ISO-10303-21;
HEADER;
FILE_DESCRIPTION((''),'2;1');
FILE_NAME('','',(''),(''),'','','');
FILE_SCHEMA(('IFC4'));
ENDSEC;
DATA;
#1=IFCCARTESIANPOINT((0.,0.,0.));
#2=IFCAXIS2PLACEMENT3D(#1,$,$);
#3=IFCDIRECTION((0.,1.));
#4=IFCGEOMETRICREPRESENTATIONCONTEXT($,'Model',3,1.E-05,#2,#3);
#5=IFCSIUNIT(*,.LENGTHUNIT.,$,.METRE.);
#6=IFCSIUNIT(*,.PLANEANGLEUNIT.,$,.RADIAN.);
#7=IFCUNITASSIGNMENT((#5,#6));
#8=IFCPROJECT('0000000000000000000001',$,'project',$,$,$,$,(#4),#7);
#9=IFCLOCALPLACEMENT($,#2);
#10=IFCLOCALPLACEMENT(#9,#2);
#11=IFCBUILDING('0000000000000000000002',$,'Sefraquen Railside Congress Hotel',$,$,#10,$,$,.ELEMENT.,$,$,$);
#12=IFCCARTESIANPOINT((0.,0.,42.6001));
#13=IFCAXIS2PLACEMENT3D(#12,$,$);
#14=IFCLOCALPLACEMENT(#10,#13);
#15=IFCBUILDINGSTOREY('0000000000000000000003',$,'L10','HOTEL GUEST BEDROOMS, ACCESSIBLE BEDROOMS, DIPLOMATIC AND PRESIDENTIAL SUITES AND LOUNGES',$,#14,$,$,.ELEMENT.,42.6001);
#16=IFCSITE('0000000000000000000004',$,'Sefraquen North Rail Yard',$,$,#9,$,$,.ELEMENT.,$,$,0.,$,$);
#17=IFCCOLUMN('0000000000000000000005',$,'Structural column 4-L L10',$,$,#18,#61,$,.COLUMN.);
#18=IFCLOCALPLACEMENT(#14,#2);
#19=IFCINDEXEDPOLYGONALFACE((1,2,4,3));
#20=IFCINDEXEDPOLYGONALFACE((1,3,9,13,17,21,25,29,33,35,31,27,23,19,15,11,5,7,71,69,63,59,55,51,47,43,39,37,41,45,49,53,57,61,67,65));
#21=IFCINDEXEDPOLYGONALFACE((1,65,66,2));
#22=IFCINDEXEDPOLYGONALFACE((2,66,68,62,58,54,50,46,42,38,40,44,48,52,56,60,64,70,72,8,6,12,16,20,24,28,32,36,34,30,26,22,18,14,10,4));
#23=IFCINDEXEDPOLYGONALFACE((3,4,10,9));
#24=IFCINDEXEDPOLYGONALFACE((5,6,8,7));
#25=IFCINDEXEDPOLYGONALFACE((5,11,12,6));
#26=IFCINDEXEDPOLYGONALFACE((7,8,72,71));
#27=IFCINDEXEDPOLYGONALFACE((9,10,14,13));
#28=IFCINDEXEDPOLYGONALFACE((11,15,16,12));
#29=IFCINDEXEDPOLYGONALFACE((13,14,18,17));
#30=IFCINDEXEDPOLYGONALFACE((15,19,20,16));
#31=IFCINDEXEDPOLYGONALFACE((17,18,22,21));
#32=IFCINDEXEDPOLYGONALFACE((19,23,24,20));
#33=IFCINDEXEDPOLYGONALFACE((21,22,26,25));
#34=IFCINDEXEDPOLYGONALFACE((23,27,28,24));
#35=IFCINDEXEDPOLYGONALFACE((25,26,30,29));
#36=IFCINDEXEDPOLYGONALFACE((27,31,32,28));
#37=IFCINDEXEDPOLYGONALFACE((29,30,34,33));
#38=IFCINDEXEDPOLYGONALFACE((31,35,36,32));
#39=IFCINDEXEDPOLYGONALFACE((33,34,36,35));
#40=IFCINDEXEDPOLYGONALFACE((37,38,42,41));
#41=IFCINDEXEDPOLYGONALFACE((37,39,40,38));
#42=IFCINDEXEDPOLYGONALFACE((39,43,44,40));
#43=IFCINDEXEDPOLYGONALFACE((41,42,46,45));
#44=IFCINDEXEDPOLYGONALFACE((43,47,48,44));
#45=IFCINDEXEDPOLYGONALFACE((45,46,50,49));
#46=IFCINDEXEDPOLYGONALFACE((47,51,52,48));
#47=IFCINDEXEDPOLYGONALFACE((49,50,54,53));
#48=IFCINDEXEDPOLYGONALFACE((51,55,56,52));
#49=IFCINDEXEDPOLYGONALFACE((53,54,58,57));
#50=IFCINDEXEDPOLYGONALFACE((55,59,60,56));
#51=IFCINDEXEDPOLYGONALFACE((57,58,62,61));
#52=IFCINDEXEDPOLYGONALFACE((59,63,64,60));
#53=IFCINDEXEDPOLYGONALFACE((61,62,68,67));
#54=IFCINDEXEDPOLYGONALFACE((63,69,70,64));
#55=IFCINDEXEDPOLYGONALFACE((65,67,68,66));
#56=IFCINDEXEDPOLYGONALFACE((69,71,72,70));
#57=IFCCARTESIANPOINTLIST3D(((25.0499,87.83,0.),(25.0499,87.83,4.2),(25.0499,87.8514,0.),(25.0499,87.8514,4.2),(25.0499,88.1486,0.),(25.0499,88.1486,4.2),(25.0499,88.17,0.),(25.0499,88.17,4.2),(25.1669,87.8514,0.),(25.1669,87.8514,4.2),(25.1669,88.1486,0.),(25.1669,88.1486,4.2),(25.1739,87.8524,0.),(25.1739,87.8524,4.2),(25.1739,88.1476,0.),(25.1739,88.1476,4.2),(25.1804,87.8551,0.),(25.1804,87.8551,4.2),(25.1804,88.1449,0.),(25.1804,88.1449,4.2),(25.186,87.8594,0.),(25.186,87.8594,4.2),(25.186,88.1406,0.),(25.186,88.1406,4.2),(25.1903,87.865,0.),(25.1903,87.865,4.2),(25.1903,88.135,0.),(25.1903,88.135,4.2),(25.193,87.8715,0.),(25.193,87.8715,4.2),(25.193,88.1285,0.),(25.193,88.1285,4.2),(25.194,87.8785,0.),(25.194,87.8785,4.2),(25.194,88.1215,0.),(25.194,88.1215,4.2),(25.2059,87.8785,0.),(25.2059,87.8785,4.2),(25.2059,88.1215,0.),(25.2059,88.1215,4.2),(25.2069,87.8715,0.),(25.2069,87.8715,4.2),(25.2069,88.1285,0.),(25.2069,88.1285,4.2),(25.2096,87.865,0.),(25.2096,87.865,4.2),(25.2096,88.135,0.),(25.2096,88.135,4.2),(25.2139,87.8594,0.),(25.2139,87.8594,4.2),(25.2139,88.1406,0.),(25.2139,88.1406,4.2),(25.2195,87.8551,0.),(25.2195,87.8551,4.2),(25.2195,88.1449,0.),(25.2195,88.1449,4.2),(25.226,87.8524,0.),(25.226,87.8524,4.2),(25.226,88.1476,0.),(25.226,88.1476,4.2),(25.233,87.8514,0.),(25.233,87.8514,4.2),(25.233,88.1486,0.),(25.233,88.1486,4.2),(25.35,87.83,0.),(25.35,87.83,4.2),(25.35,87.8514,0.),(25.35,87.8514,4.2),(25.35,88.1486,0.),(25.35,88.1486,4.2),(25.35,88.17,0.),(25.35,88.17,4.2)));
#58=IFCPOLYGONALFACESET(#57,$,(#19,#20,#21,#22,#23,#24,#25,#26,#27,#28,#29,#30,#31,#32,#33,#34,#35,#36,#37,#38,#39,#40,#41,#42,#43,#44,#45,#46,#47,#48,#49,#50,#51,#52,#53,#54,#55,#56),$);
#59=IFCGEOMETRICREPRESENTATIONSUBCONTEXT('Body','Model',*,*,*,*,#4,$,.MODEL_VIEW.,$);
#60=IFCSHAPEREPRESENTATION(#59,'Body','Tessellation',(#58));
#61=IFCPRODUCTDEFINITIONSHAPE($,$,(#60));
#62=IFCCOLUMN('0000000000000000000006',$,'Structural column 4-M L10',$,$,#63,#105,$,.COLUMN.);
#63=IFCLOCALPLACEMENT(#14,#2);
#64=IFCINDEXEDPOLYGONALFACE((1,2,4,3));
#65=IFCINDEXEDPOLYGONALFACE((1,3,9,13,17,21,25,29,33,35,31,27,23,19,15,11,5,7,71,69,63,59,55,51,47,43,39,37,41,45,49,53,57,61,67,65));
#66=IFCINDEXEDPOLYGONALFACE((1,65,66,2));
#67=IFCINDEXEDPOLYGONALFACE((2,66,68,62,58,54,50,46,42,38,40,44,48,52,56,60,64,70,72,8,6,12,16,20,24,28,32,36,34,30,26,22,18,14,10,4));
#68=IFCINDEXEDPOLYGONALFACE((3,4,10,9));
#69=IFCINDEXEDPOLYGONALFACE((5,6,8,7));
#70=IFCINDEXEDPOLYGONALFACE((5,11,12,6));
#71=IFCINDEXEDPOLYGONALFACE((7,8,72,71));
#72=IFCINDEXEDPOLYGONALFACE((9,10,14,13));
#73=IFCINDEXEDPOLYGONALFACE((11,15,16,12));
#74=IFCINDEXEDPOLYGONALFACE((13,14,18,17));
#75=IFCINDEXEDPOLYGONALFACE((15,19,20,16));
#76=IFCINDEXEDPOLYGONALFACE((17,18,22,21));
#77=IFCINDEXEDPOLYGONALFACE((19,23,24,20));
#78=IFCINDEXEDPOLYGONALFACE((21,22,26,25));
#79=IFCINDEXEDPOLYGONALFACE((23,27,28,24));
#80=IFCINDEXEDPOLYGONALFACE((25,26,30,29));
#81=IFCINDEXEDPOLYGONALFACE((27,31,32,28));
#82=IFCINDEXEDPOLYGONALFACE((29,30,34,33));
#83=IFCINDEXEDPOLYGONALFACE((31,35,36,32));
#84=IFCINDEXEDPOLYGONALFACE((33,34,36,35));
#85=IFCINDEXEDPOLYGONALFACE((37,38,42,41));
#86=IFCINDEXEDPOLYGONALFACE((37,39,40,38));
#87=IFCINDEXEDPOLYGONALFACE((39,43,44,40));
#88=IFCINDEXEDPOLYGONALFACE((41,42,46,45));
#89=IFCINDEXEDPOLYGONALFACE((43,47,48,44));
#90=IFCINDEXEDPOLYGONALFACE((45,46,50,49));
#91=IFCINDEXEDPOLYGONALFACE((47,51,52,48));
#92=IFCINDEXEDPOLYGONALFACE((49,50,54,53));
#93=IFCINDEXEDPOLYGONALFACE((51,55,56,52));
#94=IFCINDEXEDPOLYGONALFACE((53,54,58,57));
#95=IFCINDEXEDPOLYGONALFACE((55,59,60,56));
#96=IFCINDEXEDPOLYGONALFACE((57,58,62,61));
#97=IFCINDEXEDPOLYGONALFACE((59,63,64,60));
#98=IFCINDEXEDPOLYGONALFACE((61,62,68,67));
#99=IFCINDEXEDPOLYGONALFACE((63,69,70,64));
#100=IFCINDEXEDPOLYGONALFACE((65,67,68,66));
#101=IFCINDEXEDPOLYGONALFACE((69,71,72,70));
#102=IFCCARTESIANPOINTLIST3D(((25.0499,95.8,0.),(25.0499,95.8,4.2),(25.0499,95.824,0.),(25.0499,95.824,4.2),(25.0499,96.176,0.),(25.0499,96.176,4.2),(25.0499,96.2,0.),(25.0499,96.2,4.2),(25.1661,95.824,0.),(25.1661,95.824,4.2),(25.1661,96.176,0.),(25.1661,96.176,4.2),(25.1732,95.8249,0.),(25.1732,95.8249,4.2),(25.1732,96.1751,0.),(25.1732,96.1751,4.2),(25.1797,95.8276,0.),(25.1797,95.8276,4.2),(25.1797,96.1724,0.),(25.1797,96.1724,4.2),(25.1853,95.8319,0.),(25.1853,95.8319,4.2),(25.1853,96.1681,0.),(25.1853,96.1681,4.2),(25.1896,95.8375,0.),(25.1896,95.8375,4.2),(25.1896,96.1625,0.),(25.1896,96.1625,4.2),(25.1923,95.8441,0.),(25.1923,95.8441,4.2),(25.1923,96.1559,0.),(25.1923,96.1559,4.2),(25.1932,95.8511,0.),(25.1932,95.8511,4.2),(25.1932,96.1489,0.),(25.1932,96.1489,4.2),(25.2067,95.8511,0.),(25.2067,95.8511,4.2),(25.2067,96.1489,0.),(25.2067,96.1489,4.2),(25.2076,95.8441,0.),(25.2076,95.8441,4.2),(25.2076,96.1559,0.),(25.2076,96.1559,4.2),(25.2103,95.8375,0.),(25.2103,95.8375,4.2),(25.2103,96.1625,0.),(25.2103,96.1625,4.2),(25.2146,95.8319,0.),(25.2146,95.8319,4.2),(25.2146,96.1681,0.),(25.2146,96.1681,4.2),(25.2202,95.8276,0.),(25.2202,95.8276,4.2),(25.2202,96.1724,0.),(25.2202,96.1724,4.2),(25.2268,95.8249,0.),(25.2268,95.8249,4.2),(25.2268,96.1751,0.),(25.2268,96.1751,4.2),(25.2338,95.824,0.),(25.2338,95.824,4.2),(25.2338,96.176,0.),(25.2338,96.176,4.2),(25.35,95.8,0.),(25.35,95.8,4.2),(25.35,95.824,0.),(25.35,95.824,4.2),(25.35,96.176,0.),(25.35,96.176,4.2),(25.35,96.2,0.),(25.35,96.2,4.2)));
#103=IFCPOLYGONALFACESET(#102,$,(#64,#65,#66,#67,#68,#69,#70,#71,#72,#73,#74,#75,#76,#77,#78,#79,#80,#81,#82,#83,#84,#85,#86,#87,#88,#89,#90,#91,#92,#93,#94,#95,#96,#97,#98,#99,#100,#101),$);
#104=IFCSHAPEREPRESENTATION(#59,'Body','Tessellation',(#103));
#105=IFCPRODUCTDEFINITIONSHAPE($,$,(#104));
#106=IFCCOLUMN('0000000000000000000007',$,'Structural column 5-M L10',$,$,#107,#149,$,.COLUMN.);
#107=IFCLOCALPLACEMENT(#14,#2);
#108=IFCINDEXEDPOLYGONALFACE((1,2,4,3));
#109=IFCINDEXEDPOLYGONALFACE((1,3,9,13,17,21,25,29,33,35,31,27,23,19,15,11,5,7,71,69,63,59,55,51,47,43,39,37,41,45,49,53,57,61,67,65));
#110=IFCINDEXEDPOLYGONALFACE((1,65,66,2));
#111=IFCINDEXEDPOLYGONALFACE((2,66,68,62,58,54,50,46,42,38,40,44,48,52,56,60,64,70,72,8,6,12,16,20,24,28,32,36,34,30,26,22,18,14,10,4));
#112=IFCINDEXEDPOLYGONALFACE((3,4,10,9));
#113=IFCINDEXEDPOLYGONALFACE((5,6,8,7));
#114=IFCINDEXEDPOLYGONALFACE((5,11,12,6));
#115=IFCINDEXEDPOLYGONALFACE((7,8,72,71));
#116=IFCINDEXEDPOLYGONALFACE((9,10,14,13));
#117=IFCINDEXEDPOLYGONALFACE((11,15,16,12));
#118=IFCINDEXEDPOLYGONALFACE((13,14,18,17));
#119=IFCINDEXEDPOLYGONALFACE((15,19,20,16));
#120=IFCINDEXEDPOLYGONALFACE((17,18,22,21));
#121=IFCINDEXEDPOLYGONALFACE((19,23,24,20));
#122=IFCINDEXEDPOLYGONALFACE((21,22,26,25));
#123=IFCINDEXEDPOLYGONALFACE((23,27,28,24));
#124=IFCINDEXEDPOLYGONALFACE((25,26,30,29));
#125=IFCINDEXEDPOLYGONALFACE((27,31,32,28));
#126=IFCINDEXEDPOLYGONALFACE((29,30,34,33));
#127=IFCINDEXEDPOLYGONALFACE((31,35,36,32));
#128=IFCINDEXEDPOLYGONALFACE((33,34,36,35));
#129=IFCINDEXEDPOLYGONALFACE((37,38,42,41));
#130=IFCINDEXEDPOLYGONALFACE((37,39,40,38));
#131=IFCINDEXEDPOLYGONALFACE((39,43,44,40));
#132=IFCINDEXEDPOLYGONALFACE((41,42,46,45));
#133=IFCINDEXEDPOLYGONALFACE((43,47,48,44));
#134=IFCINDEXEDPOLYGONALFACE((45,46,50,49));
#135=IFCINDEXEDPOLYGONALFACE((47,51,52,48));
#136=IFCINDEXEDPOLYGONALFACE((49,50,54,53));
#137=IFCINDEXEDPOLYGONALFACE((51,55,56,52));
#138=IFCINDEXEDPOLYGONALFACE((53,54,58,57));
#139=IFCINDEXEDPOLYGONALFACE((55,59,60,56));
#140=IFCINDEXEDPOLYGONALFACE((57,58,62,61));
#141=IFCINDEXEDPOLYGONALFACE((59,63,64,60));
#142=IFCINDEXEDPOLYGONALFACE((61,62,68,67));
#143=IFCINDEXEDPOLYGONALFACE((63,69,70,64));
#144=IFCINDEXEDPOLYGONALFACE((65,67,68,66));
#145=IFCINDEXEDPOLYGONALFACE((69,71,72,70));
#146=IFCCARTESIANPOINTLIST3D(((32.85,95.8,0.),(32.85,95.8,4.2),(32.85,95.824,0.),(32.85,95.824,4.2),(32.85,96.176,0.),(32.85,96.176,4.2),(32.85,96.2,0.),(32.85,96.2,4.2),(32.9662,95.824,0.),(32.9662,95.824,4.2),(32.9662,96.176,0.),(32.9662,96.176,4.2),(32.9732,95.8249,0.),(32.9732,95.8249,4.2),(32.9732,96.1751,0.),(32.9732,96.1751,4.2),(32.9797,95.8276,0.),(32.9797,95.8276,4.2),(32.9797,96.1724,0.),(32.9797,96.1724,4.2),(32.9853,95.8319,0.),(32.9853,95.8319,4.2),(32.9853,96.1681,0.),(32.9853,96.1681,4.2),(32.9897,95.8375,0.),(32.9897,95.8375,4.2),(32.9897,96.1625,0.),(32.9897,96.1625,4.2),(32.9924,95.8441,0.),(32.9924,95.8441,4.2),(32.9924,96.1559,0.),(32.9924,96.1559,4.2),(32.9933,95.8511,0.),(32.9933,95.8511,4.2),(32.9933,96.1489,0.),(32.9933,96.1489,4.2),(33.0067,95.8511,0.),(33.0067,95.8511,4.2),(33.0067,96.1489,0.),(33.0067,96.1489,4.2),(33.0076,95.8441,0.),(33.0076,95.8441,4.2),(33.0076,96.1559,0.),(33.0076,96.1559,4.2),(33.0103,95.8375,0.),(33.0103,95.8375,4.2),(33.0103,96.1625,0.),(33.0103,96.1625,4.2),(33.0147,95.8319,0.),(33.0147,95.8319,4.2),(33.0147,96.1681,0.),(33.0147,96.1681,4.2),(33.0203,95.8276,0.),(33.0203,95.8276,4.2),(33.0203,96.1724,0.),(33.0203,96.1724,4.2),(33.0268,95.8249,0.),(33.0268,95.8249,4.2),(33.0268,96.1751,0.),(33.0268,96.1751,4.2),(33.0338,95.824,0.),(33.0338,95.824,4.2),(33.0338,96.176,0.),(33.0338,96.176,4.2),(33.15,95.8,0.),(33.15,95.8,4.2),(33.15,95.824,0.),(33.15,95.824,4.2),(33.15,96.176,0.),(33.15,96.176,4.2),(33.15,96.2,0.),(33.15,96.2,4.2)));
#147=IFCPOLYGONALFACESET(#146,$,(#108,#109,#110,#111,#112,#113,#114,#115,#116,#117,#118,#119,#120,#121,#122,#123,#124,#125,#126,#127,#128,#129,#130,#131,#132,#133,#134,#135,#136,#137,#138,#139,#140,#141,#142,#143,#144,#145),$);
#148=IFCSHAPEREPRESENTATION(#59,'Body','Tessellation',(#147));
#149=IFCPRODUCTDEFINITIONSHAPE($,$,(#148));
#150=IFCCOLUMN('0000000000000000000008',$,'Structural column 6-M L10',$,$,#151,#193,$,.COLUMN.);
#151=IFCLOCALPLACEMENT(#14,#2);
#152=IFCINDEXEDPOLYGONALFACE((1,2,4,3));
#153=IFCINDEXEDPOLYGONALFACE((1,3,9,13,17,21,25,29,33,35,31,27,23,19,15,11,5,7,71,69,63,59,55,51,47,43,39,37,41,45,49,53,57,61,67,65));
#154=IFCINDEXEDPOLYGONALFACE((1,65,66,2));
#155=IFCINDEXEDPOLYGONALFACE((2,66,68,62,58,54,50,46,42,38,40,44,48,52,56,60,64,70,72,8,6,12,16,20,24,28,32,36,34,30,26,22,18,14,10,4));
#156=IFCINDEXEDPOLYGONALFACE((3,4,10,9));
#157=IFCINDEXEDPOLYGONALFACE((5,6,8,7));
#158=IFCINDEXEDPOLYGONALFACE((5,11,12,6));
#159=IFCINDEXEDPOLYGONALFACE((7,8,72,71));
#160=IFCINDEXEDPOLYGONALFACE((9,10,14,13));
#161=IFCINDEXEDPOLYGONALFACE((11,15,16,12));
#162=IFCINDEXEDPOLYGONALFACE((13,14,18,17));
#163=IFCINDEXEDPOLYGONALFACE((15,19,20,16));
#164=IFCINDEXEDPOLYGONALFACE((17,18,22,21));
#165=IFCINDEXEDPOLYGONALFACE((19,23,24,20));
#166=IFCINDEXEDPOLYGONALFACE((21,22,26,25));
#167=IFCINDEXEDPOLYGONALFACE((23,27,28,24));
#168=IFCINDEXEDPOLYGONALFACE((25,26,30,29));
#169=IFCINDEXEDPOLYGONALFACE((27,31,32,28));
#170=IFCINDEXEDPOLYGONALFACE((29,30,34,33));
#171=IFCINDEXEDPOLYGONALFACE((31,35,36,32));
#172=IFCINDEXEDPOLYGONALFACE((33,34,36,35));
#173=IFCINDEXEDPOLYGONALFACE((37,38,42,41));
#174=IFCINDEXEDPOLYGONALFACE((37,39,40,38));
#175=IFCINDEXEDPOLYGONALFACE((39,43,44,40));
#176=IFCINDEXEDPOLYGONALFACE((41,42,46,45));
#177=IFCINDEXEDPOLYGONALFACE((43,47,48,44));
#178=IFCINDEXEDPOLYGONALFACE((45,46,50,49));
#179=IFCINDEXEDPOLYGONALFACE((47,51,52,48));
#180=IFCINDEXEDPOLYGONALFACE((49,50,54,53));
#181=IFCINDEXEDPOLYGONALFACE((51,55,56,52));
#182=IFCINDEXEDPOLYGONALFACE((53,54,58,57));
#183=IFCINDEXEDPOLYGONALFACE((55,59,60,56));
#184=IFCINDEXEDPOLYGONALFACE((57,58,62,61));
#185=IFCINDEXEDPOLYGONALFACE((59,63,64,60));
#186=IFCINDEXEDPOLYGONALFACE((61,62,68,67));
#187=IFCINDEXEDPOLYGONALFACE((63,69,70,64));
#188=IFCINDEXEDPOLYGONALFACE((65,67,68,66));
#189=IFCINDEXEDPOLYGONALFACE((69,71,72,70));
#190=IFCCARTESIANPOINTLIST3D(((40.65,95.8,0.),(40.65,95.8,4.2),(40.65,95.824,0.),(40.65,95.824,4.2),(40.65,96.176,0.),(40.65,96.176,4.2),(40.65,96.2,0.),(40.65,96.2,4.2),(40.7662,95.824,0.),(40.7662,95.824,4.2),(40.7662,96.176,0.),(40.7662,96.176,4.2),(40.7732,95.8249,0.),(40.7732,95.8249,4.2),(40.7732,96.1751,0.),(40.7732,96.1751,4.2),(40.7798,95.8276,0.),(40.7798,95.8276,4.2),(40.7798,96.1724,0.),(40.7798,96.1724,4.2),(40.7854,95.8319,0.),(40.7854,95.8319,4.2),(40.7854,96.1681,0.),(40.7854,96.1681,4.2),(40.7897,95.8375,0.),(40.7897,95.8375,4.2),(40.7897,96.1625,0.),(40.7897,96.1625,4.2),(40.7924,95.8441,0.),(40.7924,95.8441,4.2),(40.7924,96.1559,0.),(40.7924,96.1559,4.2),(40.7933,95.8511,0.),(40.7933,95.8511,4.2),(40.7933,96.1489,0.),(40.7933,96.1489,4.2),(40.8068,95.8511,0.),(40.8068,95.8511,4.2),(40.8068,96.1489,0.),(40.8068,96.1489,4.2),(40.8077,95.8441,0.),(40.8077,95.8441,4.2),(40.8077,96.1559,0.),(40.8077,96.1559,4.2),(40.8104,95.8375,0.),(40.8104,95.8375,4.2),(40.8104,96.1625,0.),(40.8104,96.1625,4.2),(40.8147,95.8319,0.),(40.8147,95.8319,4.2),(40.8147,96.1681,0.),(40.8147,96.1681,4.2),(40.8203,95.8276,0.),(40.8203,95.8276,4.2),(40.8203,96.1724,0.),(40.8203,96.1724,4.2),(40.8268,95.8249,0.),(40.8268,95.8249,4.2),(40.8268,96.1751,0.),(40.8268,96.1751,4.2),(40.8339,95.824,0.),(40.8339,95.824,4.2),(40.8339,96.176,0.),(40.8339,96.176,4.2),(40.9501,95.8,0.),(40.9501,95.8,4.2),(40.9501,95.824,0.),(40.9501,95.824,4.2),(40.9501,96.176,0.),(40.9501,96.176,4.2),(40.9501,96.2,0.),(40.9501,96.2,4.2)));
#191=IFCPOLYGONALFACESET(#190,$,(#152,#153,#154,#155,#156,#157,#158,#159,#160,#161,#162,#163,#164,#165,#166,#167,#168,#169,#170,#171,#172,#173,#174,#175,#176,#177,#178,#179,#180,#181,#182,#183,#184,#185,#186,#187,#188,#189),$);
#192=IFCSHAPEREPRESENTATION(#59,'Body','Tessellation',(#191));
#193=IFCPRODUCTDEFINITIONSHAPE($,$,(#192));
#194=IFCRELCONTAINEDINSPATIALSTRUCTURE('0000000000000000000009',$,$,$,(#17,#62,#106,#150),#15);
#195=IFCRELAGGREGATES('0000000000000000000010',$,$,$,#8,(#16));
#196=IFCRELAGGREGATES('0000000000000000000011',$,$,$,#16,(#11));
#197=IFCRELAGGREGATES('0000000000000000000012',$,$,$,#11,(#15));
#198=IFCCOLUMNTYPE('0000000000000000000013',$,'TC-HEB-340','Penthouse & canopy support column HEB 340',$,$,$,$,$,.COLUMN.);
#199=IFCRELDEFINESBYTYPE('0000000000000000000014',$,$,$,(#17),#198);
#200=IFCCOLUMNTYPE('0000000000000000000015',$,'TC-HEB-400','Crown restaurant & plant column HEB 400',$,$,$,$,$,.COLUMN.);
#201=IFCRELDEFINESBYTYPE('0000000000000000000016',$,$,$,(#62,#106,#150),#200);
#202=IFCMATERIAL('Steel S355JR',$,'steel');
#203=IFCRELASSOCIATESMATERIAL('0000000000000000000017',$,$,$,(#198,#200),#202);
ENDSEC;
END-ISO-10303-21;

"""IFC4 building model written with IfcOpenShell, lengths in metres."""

from ifc_helpers import new_model, si_unit, direction, frame, origin, origin_2d, place, context, subcontext, project, spatial, i_section, extrude, material, material_profile, profile_set, type_object, element, save


model = new_model("IFC4")

# Units and contexts
model_context = context("Model", 3, precision=1e-05, world=origin(), true_north=direction((0.0, 1.0)))
body_context = subcontext(model_context, "Body", "Model", "MODEL_VIEW")
ifc_project = project(units=[si_unit("LENGTHUNIT", "METRE"), si_unit("PLANEANGLEUNIT", "RADIAN")], contexts=[model_context])

# Site, building, storey
site_placement = place(None, origin())
site = spatial("IfcSite", under=ifc_project, at=site_placement, Name="Sefraquen North Rail Yard", CompositionType="ELEMENT", RefElevation=0.0)
building_placement = place(site_placement, origin())
building = spatial("IfcBuilding", under=site, at=building_placement, Name="Sefraquen Railside Congress Hotel", CompositionType="ELEMENT")
storey_placement = place(building_placement, frame((0.0, 0.0, 42.6001)))
storey = spatial("IfcBuildingStorey", under=building, at=storey_placement, Name="L10", Description="HOTEL GUEST BEDROOMS, ACCESSIBLE BEDROOMS, DIPLOMATIC AND PRESIDENTIAL SUITES AND LOUNGES", CompositionType="ELEMENT", Elevation=42.6001)

# Columns
ifc_material_1 = material(Name="Steel S355JR", Category="steel")
ifc_material_profile_1 = material_profile(ifc_material_1, i_section(OverallWidth=0.3, OverallDepth=0.3401, WebThickness=0.012, FlangeThickness=0.0215, FilletRadius=0.0271, at=origin_2d()), Name="HEB 340")
ifc_profile_set_1 = profile_set([ifc_material_profile_1], Name="Steel S355JR")
column_type_1 = type_object("IfcColumnType", Name="TC-HEB-340", Description="Penthouse & canopy support column HEB 340", PredefinedType="COLUMN", material=ifc_profile_set_1)
column_placement = place(storey_placement, frame((25.2, 88.0, 0.0), z_axis=(0.0, 0.0, 1.0), x_axis=(1.0, 0.0, 0.0)))
element("IfcColumn", 1, at=column_placement, inside=storey, type_object=column_type_1, Name="Structural column 4-L L10", PredefinedType="COLUMN", context=body_context, shape_type="SweptSolid", body=[
    extrude(i_section(OverallWidth=0.3, OverallDepth=0.3401, WebThickness=0.012, FlangeThickness=0.0215, FilletRadius=0.0271, at=origin_2d()), origin(), (0.0, 0.0, 1.0), 4.2),
])
ifc_material_profile_2 = material_profile(ifc_material_1, i_section(OverallWidth=0.3, OverallDepth=0.3999, WebThickness=0.0134, FlangeThickness=0.0239, FilletRadius=0.0271, at=origin_2d()), Name="HEB 400")
ifc_profile_set_2 = profile_set([ifc_material_profile_2], Name="Steel S355JR")
column_type_2 = type_object("IfcColumnType", Name="TC-HEB-400", Description="Crown restaurant & plant column HEB 400", PredefinedType="COLUMN", material=ifc_profile_set_2)
for number, where, z_axis, x_axis, name in (
    (2, (25.2, 96.0, 0.0), (0.0, 0.0, 1.0), (1.0, 0.0, 0.0), "Structural column 4-M L10"),
    (3, (33.0, 96.0, 0.0), (0.0, 0.0, 1.0), (1.0, 0.0, 0.0), "Structural column 5-M L10"),
    (4, (40.8, 96.0, 0.0), (0.0, 0.0, 1.0), (1.0, 0.0, 0.0), "Structural column 6-M L10"),
):
    element("IfcColumn", number, at=place(storey_placement, frame(where, z_axis=z_axis, x_axis=x_axis)), inside=storey, type_object=column_type_2, Name=name, PredefinedType="COLUMN", context=body_context, shape_type="SweptSolid", body=[
        extrude(i_section(OverallWidth=0.3, OverallDepth=0.3999, WebThickness=0.0134, FlangeThickness=0.0239, FilletRadius=0.0271, at=origin_2d()), origin(), (0.0, 0.0, 1.0), 4.2),
    ])

save(model, "model.ifc")
